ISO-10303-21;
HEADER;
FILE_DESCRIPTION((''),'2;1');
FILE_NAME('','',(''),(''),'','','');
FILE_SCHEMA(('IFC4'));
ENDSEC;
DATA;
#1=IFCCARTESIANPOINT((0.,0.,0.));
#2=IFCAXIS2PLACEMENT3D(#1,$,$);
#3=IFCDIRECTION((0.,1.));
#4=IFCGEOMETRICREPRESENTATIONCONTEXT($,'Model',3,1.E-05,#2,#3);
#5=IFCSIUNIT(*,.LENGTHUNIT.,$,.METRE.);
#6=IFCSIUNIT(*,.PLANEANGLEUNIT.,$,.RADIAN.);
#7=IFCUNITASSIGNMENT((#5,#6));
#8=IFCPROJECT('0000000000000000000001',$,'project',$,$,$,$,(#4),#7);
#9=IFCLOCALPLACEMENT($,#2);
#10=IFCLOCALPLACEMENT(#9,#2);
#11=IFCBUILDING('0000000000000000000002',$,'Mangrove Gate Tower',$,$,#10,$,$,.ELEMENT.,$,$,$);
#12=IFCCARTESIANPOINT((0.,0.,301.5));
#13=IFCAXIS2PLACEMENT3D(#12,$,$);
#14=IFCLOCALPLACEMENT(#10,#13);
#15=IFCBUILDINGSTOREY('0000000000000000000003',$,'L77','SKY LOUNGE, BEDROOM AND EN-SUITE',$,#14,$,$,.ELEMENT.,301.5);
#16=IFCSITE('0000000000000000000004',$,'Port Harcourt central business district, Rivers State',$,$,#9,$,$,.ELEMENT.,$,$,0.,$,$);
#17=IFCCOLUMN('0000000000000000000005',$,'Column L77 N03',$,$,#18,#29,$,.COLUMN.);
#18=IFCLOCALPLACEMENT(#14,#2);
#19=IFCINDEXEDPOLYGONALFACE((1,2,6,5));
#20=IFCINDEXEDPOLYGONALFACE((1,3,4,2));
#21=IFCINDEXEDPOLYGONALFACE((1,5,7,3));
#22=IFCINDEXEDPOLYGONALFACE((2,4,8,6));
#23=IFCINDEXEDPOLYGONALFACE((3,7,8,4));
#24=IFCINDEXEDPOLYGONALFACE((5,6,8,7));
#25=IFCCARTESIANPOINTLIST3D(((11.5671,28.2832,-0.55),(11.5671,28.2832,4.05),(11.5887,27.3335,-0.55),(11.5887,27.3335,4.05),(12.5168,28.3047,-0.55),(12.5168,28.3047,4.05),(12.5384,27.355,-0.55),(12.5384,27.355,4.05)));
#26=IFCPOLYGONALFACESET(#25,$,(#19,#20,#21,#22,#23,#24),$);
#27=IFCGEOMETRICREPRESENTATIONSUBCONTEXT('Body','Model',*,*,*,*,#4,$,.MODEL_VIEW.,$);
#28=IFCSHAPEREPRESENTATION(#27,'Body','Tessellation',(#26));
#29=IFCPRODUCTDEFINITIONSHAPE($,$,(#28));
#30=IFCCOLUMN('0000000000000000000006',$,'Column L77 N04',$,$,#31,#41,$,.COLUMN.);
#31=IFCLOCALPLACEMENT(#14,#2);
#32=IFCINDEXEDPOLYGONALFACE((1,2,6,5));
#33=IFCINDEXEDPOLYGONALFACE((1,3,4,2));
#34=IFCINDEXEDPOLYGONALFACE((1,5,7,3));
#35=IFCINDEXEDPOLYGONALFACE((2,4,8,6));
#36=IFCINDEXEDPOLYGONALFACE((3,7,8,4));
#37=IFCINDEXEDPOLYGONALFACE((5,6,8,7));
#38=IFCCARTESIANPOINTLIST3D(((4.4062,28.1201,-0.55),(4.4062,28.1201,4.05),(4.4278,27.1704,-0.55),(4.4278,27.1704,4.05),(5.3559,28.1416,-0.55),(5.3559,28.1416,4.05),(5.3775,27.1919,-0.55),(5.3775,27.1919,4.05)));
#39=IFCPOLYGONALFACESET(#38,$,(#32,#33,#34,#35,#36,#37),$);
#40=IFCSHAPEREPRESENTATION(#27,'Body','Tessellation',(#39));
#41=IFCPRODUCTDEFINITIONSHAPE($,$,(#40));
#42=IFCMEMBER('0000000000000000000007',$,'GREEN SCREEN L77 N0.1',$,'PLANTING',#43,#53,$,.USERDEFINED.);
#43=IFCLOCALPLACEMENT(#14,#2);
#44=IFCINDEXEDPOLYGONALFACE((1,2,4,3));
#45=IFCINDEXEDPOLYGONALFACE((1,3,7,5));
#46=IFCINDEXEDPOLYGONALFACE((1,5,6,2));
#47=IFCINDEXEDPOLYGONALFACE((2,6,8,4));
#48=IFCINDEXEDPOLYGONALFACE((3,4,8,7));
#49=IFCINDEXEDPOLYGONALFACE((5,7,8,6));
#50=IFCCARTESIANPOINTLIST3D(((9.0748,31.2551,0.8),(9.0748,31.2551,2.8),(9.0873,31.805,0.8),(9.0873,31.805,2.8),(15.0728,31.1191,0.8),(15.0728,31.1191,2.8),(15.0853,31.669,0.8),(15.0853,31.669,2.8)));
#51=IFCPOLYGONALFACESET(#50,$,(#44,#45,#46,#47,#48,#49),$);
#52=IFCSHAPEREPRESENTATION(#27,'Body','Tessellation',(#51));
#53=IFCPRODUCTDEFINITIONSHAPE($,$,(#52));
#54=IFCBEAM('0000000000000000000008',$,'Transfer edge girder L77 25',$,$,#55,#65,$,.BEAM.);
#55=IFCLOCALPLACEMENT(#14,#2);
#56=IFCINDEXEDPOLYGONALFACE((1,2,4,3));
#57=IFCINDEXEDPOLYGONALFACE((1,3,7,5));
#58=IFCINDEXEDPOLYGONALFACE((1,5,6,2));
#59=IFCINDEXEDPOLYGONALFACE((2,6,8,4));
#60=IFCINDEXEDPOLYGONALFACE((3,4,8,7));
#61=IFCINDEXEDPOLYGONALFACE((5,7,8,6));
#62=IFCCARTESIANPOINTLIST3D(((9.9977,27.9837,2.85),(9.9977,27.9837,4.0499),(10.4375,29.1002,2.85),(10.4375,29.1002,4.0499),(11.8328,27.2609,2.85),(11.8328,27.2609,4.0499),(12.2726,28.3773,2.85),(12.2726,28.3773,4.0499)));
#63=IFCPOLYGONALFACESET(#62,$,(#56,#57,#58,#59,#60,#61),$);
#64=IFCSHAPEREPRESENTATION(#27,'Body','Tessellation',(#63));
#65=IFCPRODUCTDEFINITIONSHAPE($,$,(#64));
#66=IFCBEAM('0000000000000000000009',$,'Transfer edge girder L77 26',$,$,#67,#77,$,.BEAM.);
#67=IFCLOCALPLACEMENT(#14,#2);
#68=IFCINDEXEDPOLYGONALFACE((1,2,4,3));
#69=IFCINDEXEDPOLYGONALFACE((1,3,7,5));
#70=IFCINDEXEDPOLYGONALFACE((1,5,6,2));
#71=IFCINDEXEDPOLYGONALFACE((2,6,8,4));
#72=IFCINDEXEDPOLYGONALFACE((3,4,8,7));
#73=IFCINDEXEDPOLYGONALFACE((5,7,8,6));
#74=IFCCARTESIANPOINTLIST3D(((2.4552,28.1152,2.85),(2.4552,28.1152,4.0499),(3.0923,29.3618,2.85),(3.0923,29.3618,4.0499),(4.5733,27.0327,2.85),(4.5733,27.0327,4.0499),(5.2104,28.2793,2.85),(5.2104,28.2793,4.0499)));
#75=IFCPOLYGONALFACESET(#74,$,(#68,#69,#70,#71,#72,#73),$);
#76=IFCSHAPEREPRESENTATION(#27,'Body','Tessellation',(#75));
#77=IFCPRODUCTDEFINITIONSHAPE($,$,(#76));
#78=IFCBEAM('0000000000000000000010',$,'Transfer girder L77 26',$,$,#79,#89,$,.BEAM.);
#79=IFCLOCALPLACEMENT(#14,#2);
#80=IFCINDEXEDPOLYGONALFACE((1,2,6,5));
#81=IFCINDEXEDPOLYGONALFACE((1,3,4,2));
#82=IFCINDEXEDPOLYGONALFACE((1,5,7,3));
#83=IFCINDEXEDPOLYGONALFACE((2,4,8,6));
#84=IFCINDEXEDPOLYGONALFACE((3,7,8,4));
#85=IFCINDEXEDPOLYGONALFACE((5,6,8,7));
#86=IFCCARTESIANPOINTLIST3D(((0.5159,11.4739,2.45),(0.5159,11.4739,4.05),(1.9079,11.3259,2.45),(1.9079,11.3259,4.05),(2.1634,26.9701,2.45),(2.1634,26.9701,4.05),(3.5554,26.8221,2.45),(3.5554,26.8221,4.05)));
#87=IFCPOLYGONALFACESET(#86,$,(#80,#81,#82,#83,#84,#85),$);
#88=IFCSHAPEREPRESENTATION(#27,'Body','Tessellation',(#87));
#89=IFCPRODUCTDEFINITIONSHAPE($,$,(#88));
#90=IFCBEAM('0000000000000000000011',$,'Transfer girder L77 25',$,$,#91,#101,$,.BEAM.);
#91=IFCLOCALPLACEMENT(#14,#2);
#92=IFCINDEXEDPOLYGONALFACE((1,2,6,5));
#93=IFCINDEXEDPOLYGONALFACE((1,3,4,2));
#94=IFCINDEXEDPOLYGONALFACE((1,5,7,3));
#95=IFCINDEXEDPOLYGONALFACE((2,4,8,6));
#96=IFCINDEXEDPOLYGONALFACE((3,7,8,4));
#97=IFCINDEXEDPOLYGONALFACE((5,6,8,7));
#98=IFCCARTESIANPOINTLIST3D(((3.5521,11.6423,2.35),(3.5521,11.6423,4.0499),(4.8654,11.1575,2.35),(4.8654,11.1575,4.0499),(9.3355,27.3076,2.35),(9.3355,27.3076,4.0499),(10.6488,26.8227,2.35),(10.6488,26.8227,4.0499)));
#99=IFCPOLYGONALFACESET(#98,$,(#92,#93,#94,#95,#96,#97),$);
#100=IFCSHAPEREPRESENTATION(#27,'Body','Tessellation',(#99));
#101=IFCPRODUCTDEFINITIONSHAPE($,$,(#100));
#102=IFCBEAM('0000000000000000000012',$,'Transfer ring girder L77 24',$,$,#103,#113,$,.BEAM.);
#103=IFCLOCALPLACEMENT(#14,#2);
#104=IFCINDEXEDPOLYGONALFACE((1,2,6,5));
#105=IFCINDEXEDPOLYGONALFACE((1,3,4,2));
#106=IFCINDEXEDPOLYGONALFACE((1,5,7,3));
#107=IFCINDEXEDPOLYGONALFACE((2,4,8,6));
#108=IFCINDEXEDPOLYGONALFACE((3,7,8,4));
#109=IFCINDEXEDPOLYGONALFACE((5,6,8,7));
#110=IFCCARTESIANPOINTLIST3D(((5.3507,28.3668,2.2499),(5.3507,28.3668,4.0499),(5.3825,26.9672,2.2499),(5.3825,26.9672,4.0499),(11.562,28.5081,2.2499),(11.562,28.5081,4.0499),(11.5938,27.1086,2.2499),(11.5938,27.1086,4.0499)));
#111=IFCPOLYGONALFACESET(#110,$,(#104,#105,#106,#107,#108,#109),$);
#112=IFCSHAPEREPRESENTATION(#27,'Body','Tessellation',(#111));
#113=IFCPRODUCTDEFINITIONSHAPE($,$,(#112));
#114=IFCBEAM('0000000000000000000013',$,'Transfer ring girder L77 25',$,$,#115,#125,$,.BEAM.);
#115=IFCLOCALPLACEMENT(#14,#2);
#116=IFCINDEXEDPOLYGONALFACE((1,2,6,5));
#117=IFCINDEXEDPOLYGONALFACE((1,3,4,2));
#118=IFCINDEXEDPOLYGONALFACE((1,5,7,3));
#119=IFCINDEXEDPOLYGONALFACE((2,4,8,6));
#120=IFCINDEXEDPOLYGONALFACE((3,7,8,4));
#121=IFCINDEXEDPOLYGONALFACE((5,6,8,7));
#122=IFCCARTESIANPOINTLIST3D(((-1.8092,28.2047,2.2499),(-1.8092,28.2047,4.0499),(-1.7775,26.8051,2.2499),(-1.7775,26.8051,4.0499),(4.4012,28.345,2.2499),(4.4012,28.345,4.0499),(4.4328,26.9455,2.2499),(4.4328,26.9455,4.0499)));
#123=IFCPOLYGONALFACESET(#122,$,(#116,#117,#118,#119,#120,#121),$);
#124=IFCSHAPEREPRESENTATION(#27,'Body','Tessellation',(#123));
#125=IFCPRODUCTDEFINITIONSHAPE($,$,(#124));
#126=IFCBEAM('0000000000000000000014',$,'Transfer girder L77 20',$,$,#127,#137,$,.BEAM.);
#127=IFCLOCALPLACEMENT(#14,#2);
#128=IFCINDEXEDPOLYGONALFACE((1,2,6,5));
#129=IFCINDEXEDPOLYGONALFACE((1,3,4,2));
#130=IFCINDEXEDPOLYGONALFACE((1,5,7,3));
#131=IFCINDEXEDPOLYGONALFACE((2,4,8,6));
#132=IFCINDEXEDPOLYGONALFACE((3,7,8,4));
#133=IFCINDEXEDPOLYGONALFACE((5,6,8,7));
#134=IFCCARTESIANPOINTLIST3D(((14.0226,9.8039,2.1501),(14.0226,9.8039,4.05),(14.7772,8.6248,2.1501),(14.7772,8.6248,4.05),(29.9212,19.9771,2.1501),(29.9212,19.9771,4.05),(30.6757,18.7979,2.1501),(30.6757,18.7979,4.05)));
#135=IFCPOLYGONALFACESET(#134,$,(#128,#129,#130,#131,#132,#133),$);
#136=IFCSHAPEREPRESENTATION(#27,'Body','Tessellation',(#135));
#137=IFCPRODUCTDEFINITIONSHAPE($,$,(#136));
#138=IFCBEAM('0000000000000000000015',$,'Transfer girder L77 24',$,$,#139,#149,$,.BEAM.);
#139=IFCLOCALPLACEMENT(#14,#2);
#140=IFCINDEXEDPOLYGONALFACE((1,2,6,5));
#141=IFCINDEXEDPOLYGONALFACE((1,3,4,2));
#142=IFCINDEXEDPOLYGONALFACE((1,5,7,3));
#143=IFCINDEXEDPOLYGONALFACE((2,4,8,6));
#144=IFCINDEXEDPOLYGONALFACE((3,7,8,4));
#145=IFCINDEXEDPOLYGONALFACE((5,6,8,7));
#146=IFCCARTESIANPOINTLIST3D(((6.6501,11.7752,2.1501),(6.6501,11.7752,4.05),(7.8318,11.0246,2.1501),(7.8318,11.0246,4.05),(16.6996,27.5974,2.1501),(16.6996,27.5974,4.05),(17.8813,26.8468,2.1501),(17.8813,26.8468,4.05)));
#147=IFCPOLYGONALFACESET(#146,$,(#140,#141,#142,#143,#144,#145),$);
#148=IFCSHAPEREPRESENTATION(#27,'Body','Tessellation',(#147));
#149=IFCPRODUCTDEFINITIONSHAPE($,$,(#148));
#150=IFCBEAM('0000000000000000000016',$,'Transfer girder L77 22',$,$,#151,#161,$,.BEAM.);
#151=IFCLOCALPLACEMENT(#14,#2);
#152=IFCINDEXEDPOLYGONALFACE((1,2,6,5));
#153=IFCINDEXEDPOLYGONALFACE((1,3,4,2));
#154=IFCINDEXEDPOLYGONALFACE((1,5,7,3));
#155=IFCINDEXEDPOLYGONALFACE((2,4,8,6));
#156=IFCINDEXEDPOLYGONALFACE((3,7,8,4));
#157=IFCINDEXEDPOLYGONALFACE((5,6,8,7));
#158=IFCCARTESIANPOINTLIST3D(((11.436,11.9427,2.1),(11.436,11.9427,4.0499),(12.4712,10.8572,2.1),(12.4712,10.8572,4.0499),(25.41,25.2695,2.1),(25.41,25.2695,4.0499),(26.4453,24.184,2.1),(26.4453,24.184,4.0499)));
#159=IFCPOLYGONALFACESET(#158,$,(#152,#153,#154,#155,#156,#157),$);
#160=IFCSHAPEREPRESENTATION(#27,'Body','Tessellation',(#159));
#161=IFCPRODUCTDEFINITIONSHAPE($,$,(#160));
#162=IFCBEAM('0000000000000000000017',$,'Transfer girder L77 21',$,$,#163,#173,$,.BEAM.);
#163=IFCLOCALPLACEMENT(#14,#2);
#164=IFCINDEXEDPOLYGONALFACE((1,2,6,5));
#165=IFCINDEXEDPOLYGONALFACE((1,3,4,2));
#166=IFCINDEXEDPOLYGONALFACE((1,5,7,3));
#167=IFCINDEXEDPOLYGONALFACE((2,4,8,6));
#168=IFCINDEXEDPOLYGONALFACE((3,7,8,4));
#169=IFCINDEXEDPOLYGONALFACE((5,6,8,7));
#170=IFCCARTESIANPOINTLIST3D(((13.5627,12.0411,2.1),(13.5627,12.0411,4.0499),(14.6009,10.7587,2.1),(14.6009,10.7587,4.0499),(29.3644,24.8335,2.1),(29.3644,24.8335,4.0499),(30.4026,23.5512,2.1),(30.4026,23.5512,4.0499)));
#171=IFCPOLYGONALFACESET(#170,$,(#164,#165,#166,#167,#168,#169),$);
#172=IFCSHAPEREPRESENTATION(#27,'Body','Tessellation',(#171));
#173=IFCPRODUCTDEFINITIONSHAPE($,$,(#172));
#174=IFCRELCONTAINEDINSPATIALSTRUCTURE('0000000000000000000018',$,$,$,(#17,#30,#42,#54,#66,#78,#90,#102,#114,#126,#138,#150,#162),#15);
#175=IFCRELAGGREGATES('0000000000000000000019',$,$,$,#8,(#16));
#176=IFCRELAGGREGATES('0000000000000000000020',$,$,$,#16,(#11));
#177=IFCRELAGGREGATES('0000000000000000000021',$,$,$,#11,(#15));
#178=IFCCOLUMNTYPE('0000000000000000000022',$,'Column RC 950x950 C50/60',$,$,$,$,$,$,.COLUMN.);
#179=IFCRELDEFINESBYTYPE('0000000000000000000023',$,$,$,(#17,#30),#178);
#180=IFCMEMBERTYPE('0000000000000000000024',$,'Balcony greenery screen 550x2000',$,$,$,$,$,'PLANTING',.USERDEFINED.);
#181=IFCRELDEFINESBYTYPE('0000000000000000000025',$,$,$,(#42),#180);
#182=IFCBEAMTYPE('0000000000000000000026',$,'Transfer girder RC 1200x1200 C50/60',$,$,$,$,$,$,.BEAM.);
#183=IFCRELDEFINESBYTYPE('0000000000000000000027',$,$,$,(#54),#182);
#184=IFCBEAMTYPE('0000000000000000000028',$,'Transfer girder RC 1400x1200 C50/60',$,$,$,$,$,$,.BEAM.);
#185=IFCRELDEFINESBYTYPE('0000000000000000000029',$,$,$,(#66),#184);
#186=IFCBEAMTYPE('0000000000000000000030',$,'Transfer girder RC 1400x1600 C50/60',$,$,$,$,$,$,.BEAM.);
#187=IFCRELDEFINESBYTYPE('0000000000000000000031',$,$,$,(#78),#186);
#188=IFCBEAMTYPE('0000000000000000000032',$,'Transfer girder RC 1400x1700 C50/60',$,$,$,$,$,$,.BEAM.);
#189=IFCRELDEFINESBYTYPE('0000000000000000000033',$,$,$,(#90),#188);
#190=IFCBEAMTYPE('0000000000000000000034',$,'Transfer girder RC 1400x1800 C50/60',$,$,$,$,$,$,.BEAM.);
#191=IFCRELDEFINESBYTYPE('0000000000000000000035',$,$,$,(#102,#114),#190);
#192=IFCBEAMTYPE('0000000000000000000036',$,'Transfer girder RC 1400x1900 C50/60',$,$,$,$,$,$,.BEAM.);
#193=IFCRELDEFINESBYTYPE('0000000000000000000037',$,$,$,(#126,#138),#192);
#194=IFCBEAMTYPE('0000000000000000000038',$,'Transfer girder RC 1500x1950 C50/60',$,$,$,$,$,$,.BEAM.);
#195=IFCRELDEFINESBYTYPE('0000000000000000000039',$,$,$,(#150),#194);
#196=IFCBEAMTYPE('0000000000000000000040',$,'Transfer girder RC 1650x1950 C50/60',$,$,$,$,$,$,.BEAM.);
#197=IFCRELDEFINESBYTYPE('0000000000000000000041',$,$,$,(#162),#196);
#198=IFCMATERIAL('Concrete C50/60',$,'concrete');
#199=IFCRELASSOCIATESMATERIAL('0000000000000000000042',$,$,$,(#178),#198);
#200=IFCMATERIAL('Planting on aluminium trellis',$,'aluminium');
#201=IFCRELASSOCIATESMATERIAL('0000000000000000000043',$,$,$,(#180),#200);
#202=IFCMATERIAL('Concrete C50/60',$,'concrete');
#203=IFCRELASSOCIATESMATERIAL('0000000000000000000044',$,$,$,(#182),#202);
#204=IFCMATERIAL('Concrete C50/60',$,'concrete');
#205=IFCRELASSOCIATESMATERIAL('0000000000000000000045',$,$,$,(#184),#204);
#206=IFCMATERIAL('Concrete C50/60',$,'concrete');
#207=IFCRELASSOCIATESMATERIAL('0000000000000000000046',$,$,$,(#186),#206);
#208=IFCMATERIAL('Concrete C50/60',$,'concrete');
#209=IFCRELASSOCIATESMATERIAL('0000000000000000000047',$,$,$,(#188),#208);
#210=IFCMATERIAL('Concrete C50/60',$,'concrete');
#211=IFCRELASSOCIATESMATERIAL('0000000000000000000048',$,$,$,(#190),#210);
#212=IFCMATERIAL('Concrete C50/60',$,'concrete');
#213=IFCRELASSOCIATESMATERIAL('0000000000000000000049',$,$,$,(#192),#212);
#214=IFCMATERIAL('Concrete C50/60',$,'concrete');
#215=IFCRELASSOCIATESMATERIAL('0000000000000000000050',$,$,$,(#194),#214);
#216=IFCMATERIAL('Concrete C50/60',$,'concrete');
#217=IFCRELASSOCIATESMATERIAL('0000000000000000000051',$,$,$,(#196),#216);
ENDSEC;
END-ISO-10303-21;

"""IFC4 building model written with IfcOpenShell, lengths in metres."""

from ifc_helpers import new_model, si_unit, direction, frame, origin, origin_2d, place, context, subcontext, project, spatial, rectangle, extrude, material, material_profile, profile_set, type_object, element, save


model = new_model("IFC4")

# Units and contexts
model_context = context("Model", 3, precision=1e-05, world=origin(), true_north=direction((0.0, 1.0)))
body_context = subcontext(model_context, "Body", "Model", "MODEL_VIEW")
ifc_project = project(units=[si_unit("LENGTHUNIT", "METRE"), si_unit("PLANEANGLEUNIT", "RADIAN")], contexts=[model_context])

# Site, building, storey
site_placement = place(None, origin())
site = spatial("IfcSite", under=ifc_project, at=site_placement, Name="Port Harcourt central business district, Rivers State", CompositionType="ELEMENT", RefElevation=0.0)
building_placement = place(site_placement, origin())
building = spatial("IfcBuilding", under=site, at=building_placement, Name="Mangrove Gate Tower", CompositionType="ELEMENT")
storey_placement = place(building_placement, frame((0.0, 0.0, 301.5)))
storey = spatial("IfcBuildingStorey", under=building, at=storey_placement, Name="L77", Description="SKY LOUNGE, BEDROOM AND EN-SUITE", CompositionType="ELEMENT", Elevation=301.5)

# Columns
ifc_material_1 = material(Name="Concrete C50/60", Category="concrete")
ifc_material_profile_1 = material_profile(ifc_material_1, rectangle(XDim=0.95, YDim=0.95, at=origin_2d()))
ifc_profile_set_1 = profile_set([ifc_material_profile_1], Name="Concrete C50/60")
column_type = type_object("IfcColumnType", Name="Column RC 950x950 C50/60", PredefinedType="COLUMN", material=ifc_profile_set_1)
for number, where, z_axis, x_axis, name in (
    (1, (12.0527, 27.8191, -0.55), (0.0, 0.0, 1.0), (-0.999743, -0.022688, 0.0), "Column L77 N03"),
    (2, (4.8918, 27.656, -0.55), (0.0, 0.0, 1.0), (-0.999743, -0.022688, 0.0), "Column L77 N04"),
):
    element("IfcColumn", number, at=place(storey_placement, frame(where, z_axis=z_axis, x_axis=x_axis)), inside=storey, type_object=column_type, Name=name, PredefinedType="COLUMN", context=body_context, shape_type="SweptSolid", body=[
        extrude(rectangle(XDim=0.95, YDim=0.95, at=origin_2d()), origin(), (0.0, 0.0, 1.0), 4.6001),
    ])

# Member
ifc_material_2 = material(Name="Planting on aluminium trellis", Category="aluminium")
ifc_material_profile_2 = material_profile(ifc_material_2, rectangle(XDim=0.55, YDim=2.0, at=origin_2d()))
ifc_profile_set_2 = profile_set([ifc_material_profile_2], Name="Planting on aluminium trellis")
member_type = type_object("IfcMemberType", Name="Balcony greenery screen 550x2000", ElementType="PLANTING", PredefinedType="USERDEFINED", material=ifc_profile_set_2)
member_placement = place(storey_placement, frame((9.0811, 31.53, 1.8), z_axis=(0.999743, -0.022666, 0.0), x_axis=(0.022666, 0.999743, 0.0)))
element("IfcMember", 3, at=member_placement, inside=storey, type_object=member_type, Name="GREEN SCREEN L77 N0.1", ObjectType="PLANTING", PredefinedType="USERDEFINED", context=body_context, shape_type="SweptSolid", body=[
    extrude(rectangle(XDim=0.55, YDim=2.0, at=origin_2d()), origin(), (0.0, 0.0, 1.0), 5.9995),
])

# Beams
ifc_material_3 = material(Name="Concrete C50/60", Category="concrete")
ifc_material_profile_3 = material_profile(ifc_material_3, rectangle(XDim=1.2, YDim=1.2, at=origin_2d()))
ifc_profile_set_3 = profile_set([ifc_material_profile_3], Name="Concrete C50/60")
beam_type_1 = type_object("IfcBeamType", Name="Transfer girder RC 1200x1200 C50/60", PredefinedType="BEAM", material=ifc_profile_set_3)
beam_1_placement = place(storey_placement, frame((12.0527, 27.8191, 3.45), z_axis=(-0.930419, 0.366499, 0.0), x_axis=(-0.366499, -0.930419, 0.0)))
element("IfcBeam", 4, at=beam_1_placement, inside=storey, type_object=beam_type_1, Name="Transfer edge girder L77 25", PredefinedType="BEAM", context=body_context, shape_type="SweptSolid", body=[
    extrude(rectangle(XDim=1.2, YDim=1.2, at=origin_2d()), origin(), (0.0, 0.0, 1.0), 1.9724),
])
ifc_material_4 = material(Name="Concrete C50/60", Category="concrete")
ifc_material_profile_4 = material_profile(ifc_material_4, rectangle(XDim=1.3999, YDim=1.2, at=origin_2d()))
ifc_profile_set_4 = profile_set([ifc_material_profile_4], Name="Concrete C50/60")
beam_type_2 = type_object("IfcBeamType", Name="Transfer girder RC 1400x1200 C50/60", PredefinedType="BEAM", material=ifc_profile_set_4)
beam_2_placement = place(storey_placement, frame((4.8918, 27.656, 3.45), z_axis=(-0.890451, 0.455079, 0.0), x_axis=(-0.455079, -0.890451, 0.0)))
element("IfcBeam", 5, at=beam_2_placement, inside=storey, type_object=beam_type_2, Name="Transfer edge girder L77 26", PredefinedType="BEAM", context=body_context, shape_type="SweptSolid", body=[
    extrude(rectangle(XDim=1.3999, YDim=1.2, at=origin_2d()), origin(), (0.0, 0.0, 1.0), 2.3787),
])
ifc_material_5 = material(Name="Concrete C50/60", Category="concrete")
ifc_material_profile_5 = material_profile(ifc_material_5, rectangle(XDim=1.3999, YDim=1.6001, at=origin_2d()))
ifc_profile_set_5 = profile_set([ifc_material_profile_5], Name="Concrete C50/60")
beam_type_3 = type_object("IfcBeamType", Name="Transfer girder RC 1400x1600 C50/60", PredefinedType="BEAM", material=ifc_profile_set_5)
beam_3_placement = place(storey_placement, frame((1.2119, 11.3999, 3.25), z_axis=(0.105719, 0.994396, 0.0), x_axis=(-0.994396, 0.105719, 0.0)))
element("IfcBeam", 6, at=beam_3_placement, inside=storey, type_object=beam_type_3, Name="Transfer girder L77 26", PredefinedType="BEAM", context=body_context, shape_type="SweptSolid", body=[
    extrude(rectangle(XDim=1.3999, YDim=1.6001, at=origin_2d()), origin(), (0.0, 0.0, 1.0), 15.5835),
])
ifc_material_6 = material(Name="Concrete C50/60", Category="concrete")
ifc_material_profile_6 = material_profile(ifc_material_6, rectangle(XDim=1.3999, YDim=1.7, at=origin_2d()))
ifc_profile_set_6 = profile_set([ifc_material_profile_6], Name="Concrete C50/60")
beam_type_4 = type_object("IfcBeamType", Name="Transfer girder RC 1400x1700 C50/60", PredefinedType="BEAM", material=ifc_profile_set_6)
beam_4_placement = place(storey_placement, frame((4.2087, 11.3999, 3.2), z_axis=(0.346339, 0.938109, 0.0), x_axis=(-0.938109, 0.346339, 0.0)))
element("IfcBeam", 7, at=beam_4_placement, inside=storey, type_object=beam_type_4, Name="Transfer girder L77 25", PredefinedType="BEAM", context=body_context, shape_type="SweptSolid", body=[
    extrude(rectangle(XDim=1.3999, YDim=1.7, at=origin_2d()), origin(), (0.0, 0.0, 1.0), 16.6987),
])
ifc_material_7 = material(Name="Concrete C50/60", Category="concrete")
ifc_material_profile_7 = material_profile(ifc_material_7, rectangle(XDim=1.3999, YDim=1.8, at=origin_2d()))
ifc_profile_set_7 = profile_set([ifc_material_profile_7], Name="Concrete C50/60")
beam_type_5 = type_object("IfcBeamType", Name="Transfer girder RC 1400x1800 C50/60", PredefinedType="BEAM", material=ifc_profile_set_7)
beam_5_placement = place(storey_placement, frame((11.5779, 27.8083, 3.1499), z_axis=(-0.999741, -0.022753, 0.0), x_axis=(0.022753, -0.999741, 0.0)))
element("IfcBeam", 8, at=beam_5_placement, inside=storey, type_object=beam_type_5, Name="Transfer ring girder L77 24", PredefinedType="BEAM", context=body_context, shape_type="SweptSolid", body=[
    extrude(rectangle(XDim=1.3999, YDim=1.8, at=origin_2d()), origin(), (0.0, 0.0, 1.0), 6.2129),
])
beam_6_placement = place(storey_placement, frame((4.417, 27.6453, 3.1499), z_axis=(-0.999745, -0.022598, 0.0), x_axis=(0.022598, -0.999745, 0.0)))
element("IfcBeam", 9, at=beam_6_placement, inside=storey, type_object=beam_type_5, Name="Transfer ring girder L77 25", PredefinedType="BEAM", context=body_context, shape_type="SweptSolid", body=[
    extrude(rectangle(XDim=1.3999, YDim=1.8, at=origin_2d()), origin(), (0.0, 0.0, 1.0), 6.2119),
])
ifc_material_8 = material(Name="Concrete C50/60", Category="concrete")
ifc_material_profile_8 = material_profile(ifc_material_8, rectangle(XDim=1.3999, YDim=1.8999, at=origin_2d()))
ifc_profile_set_8 = profile_set([ifc_material_profile_8], Name="Concrete C50/60")
beam_type_6 = type_object("IfcBeamType", Name="Transfer girder RC 1400x1900 C50/60", PredefinedType="BEAM", material=ifc_profile_set_8)
beam_7_placement = place(storey_placement, frame((14.3999, 9.2144, 3.1001), z_axis=(0.842317, 0.538982, 0.0), x_axis=(-0.538982, 0.842317, 0.0)))
element("IfcBeam", 10, at=beam_7_placement, inside=storey, type_object=beam_type_6, Name="Transfer girder L77 20", PredefinedType="BEAM", context=body_context, shape_type="SweptSolid", body=[
    extrude(rectangle(XDim=1.3999, YDim=1.8999, at=origin_2d()), origin(), (0.0, 0.0, 1.0), 18.8748),
])
beam_8_placement = place(storey_placement, frame((7.241, 11.3999, 3.1001), z_axis=(0.536148, 0.844124, 0.0), x_axis=(-0.844124, 0.536148, 0.0)))
element("IfcBeam", 11, at=beam_8_placement, inside=storey, type_object=beam_type_6, Name="Transfer girder L77 24", PredefinedType="BEAM", context=body_context, shape_type="SweptSolid", body=[
    extrude(rectangle(XDim=1.3999, YDim=1.8999, at=origin_2d()), origin(), (0.0, 0.0, 1.0), 18.7439),
])
ifc_material_9 = material(Name="Concrete C50/60", Category="concrete")
ifc_material_profile_9 = material_profile(ifc_material_9, rectangle(XDim=1.5, YDim=1.95, at=origin_2d()))
ifc_profile_set_9 = profile_set([ifc_material_profile_9], Name="Concrete C50/60")
beam_type_7 = type_object("IfcBeamType", Name="Transfer girder RC 1500x1950 C50/60", PredefinedType="BEAM", material=ifc_profile_set_9)
beam_9_placement = place(storey_placement, frame((11.9536, 11.3999, 3.075), z_axis=(0.723667, 0.69015, 0.0), x_axis=(-0.69015, 0.723667, 0.0)))
element("IfcBeam", 12, at=beam_9_placement, inside=storey, type_object=beam_type_7, Name="Transfer girder L77 22", PredefinedType="BEAM", context=body_context, shape_type="SweptSolid", body=[
    extrude(rectangle(XDim=1.5, YDim=1.95, at=origin_2d()), origin(), (0.0, 0.0, 1.0), 19.3101),
])
ifc_material_10 = material(Name="Concrete C50/60", Category="concrete")
ifc_material_profile_10 = material_profile(ifc_material_10, rectangle(XDim=1.6499, YDim=1.95, at=origin_2d()))
ifc_profile_set_10 = profile_set([ifc_material_profile_10], Name="Concrete C50/60")
beam_type_8 = type_object("IfcBeamType", Name="Transfer girder RC 1650x1950 C50/60", PredefinedType="BEAM", material=ifc_profile_set_10)
beam_10_placement = place(storey_placement, frame((14.0818, 11.3999, 3.075), z_axis=(0.777231, 0.629216, 0.0), x_axis=(-0.629216, 0.777231, 0.0)))
element("IfcBeam", 13, at=beam_10_placement, inside=storey, type_object=beam_type_8, Name="Transfer girder L77 21", PredefinedType="BEAM", context=body_context, shape_type="SweptSolid", body=[
    extrude(rectangle(XDim=1.6499, YDim=1.95, at=origin_2d()), origin(), (0.0, 0.0, 1.0), 20.3308),
])

save(model, "model.ifc")
